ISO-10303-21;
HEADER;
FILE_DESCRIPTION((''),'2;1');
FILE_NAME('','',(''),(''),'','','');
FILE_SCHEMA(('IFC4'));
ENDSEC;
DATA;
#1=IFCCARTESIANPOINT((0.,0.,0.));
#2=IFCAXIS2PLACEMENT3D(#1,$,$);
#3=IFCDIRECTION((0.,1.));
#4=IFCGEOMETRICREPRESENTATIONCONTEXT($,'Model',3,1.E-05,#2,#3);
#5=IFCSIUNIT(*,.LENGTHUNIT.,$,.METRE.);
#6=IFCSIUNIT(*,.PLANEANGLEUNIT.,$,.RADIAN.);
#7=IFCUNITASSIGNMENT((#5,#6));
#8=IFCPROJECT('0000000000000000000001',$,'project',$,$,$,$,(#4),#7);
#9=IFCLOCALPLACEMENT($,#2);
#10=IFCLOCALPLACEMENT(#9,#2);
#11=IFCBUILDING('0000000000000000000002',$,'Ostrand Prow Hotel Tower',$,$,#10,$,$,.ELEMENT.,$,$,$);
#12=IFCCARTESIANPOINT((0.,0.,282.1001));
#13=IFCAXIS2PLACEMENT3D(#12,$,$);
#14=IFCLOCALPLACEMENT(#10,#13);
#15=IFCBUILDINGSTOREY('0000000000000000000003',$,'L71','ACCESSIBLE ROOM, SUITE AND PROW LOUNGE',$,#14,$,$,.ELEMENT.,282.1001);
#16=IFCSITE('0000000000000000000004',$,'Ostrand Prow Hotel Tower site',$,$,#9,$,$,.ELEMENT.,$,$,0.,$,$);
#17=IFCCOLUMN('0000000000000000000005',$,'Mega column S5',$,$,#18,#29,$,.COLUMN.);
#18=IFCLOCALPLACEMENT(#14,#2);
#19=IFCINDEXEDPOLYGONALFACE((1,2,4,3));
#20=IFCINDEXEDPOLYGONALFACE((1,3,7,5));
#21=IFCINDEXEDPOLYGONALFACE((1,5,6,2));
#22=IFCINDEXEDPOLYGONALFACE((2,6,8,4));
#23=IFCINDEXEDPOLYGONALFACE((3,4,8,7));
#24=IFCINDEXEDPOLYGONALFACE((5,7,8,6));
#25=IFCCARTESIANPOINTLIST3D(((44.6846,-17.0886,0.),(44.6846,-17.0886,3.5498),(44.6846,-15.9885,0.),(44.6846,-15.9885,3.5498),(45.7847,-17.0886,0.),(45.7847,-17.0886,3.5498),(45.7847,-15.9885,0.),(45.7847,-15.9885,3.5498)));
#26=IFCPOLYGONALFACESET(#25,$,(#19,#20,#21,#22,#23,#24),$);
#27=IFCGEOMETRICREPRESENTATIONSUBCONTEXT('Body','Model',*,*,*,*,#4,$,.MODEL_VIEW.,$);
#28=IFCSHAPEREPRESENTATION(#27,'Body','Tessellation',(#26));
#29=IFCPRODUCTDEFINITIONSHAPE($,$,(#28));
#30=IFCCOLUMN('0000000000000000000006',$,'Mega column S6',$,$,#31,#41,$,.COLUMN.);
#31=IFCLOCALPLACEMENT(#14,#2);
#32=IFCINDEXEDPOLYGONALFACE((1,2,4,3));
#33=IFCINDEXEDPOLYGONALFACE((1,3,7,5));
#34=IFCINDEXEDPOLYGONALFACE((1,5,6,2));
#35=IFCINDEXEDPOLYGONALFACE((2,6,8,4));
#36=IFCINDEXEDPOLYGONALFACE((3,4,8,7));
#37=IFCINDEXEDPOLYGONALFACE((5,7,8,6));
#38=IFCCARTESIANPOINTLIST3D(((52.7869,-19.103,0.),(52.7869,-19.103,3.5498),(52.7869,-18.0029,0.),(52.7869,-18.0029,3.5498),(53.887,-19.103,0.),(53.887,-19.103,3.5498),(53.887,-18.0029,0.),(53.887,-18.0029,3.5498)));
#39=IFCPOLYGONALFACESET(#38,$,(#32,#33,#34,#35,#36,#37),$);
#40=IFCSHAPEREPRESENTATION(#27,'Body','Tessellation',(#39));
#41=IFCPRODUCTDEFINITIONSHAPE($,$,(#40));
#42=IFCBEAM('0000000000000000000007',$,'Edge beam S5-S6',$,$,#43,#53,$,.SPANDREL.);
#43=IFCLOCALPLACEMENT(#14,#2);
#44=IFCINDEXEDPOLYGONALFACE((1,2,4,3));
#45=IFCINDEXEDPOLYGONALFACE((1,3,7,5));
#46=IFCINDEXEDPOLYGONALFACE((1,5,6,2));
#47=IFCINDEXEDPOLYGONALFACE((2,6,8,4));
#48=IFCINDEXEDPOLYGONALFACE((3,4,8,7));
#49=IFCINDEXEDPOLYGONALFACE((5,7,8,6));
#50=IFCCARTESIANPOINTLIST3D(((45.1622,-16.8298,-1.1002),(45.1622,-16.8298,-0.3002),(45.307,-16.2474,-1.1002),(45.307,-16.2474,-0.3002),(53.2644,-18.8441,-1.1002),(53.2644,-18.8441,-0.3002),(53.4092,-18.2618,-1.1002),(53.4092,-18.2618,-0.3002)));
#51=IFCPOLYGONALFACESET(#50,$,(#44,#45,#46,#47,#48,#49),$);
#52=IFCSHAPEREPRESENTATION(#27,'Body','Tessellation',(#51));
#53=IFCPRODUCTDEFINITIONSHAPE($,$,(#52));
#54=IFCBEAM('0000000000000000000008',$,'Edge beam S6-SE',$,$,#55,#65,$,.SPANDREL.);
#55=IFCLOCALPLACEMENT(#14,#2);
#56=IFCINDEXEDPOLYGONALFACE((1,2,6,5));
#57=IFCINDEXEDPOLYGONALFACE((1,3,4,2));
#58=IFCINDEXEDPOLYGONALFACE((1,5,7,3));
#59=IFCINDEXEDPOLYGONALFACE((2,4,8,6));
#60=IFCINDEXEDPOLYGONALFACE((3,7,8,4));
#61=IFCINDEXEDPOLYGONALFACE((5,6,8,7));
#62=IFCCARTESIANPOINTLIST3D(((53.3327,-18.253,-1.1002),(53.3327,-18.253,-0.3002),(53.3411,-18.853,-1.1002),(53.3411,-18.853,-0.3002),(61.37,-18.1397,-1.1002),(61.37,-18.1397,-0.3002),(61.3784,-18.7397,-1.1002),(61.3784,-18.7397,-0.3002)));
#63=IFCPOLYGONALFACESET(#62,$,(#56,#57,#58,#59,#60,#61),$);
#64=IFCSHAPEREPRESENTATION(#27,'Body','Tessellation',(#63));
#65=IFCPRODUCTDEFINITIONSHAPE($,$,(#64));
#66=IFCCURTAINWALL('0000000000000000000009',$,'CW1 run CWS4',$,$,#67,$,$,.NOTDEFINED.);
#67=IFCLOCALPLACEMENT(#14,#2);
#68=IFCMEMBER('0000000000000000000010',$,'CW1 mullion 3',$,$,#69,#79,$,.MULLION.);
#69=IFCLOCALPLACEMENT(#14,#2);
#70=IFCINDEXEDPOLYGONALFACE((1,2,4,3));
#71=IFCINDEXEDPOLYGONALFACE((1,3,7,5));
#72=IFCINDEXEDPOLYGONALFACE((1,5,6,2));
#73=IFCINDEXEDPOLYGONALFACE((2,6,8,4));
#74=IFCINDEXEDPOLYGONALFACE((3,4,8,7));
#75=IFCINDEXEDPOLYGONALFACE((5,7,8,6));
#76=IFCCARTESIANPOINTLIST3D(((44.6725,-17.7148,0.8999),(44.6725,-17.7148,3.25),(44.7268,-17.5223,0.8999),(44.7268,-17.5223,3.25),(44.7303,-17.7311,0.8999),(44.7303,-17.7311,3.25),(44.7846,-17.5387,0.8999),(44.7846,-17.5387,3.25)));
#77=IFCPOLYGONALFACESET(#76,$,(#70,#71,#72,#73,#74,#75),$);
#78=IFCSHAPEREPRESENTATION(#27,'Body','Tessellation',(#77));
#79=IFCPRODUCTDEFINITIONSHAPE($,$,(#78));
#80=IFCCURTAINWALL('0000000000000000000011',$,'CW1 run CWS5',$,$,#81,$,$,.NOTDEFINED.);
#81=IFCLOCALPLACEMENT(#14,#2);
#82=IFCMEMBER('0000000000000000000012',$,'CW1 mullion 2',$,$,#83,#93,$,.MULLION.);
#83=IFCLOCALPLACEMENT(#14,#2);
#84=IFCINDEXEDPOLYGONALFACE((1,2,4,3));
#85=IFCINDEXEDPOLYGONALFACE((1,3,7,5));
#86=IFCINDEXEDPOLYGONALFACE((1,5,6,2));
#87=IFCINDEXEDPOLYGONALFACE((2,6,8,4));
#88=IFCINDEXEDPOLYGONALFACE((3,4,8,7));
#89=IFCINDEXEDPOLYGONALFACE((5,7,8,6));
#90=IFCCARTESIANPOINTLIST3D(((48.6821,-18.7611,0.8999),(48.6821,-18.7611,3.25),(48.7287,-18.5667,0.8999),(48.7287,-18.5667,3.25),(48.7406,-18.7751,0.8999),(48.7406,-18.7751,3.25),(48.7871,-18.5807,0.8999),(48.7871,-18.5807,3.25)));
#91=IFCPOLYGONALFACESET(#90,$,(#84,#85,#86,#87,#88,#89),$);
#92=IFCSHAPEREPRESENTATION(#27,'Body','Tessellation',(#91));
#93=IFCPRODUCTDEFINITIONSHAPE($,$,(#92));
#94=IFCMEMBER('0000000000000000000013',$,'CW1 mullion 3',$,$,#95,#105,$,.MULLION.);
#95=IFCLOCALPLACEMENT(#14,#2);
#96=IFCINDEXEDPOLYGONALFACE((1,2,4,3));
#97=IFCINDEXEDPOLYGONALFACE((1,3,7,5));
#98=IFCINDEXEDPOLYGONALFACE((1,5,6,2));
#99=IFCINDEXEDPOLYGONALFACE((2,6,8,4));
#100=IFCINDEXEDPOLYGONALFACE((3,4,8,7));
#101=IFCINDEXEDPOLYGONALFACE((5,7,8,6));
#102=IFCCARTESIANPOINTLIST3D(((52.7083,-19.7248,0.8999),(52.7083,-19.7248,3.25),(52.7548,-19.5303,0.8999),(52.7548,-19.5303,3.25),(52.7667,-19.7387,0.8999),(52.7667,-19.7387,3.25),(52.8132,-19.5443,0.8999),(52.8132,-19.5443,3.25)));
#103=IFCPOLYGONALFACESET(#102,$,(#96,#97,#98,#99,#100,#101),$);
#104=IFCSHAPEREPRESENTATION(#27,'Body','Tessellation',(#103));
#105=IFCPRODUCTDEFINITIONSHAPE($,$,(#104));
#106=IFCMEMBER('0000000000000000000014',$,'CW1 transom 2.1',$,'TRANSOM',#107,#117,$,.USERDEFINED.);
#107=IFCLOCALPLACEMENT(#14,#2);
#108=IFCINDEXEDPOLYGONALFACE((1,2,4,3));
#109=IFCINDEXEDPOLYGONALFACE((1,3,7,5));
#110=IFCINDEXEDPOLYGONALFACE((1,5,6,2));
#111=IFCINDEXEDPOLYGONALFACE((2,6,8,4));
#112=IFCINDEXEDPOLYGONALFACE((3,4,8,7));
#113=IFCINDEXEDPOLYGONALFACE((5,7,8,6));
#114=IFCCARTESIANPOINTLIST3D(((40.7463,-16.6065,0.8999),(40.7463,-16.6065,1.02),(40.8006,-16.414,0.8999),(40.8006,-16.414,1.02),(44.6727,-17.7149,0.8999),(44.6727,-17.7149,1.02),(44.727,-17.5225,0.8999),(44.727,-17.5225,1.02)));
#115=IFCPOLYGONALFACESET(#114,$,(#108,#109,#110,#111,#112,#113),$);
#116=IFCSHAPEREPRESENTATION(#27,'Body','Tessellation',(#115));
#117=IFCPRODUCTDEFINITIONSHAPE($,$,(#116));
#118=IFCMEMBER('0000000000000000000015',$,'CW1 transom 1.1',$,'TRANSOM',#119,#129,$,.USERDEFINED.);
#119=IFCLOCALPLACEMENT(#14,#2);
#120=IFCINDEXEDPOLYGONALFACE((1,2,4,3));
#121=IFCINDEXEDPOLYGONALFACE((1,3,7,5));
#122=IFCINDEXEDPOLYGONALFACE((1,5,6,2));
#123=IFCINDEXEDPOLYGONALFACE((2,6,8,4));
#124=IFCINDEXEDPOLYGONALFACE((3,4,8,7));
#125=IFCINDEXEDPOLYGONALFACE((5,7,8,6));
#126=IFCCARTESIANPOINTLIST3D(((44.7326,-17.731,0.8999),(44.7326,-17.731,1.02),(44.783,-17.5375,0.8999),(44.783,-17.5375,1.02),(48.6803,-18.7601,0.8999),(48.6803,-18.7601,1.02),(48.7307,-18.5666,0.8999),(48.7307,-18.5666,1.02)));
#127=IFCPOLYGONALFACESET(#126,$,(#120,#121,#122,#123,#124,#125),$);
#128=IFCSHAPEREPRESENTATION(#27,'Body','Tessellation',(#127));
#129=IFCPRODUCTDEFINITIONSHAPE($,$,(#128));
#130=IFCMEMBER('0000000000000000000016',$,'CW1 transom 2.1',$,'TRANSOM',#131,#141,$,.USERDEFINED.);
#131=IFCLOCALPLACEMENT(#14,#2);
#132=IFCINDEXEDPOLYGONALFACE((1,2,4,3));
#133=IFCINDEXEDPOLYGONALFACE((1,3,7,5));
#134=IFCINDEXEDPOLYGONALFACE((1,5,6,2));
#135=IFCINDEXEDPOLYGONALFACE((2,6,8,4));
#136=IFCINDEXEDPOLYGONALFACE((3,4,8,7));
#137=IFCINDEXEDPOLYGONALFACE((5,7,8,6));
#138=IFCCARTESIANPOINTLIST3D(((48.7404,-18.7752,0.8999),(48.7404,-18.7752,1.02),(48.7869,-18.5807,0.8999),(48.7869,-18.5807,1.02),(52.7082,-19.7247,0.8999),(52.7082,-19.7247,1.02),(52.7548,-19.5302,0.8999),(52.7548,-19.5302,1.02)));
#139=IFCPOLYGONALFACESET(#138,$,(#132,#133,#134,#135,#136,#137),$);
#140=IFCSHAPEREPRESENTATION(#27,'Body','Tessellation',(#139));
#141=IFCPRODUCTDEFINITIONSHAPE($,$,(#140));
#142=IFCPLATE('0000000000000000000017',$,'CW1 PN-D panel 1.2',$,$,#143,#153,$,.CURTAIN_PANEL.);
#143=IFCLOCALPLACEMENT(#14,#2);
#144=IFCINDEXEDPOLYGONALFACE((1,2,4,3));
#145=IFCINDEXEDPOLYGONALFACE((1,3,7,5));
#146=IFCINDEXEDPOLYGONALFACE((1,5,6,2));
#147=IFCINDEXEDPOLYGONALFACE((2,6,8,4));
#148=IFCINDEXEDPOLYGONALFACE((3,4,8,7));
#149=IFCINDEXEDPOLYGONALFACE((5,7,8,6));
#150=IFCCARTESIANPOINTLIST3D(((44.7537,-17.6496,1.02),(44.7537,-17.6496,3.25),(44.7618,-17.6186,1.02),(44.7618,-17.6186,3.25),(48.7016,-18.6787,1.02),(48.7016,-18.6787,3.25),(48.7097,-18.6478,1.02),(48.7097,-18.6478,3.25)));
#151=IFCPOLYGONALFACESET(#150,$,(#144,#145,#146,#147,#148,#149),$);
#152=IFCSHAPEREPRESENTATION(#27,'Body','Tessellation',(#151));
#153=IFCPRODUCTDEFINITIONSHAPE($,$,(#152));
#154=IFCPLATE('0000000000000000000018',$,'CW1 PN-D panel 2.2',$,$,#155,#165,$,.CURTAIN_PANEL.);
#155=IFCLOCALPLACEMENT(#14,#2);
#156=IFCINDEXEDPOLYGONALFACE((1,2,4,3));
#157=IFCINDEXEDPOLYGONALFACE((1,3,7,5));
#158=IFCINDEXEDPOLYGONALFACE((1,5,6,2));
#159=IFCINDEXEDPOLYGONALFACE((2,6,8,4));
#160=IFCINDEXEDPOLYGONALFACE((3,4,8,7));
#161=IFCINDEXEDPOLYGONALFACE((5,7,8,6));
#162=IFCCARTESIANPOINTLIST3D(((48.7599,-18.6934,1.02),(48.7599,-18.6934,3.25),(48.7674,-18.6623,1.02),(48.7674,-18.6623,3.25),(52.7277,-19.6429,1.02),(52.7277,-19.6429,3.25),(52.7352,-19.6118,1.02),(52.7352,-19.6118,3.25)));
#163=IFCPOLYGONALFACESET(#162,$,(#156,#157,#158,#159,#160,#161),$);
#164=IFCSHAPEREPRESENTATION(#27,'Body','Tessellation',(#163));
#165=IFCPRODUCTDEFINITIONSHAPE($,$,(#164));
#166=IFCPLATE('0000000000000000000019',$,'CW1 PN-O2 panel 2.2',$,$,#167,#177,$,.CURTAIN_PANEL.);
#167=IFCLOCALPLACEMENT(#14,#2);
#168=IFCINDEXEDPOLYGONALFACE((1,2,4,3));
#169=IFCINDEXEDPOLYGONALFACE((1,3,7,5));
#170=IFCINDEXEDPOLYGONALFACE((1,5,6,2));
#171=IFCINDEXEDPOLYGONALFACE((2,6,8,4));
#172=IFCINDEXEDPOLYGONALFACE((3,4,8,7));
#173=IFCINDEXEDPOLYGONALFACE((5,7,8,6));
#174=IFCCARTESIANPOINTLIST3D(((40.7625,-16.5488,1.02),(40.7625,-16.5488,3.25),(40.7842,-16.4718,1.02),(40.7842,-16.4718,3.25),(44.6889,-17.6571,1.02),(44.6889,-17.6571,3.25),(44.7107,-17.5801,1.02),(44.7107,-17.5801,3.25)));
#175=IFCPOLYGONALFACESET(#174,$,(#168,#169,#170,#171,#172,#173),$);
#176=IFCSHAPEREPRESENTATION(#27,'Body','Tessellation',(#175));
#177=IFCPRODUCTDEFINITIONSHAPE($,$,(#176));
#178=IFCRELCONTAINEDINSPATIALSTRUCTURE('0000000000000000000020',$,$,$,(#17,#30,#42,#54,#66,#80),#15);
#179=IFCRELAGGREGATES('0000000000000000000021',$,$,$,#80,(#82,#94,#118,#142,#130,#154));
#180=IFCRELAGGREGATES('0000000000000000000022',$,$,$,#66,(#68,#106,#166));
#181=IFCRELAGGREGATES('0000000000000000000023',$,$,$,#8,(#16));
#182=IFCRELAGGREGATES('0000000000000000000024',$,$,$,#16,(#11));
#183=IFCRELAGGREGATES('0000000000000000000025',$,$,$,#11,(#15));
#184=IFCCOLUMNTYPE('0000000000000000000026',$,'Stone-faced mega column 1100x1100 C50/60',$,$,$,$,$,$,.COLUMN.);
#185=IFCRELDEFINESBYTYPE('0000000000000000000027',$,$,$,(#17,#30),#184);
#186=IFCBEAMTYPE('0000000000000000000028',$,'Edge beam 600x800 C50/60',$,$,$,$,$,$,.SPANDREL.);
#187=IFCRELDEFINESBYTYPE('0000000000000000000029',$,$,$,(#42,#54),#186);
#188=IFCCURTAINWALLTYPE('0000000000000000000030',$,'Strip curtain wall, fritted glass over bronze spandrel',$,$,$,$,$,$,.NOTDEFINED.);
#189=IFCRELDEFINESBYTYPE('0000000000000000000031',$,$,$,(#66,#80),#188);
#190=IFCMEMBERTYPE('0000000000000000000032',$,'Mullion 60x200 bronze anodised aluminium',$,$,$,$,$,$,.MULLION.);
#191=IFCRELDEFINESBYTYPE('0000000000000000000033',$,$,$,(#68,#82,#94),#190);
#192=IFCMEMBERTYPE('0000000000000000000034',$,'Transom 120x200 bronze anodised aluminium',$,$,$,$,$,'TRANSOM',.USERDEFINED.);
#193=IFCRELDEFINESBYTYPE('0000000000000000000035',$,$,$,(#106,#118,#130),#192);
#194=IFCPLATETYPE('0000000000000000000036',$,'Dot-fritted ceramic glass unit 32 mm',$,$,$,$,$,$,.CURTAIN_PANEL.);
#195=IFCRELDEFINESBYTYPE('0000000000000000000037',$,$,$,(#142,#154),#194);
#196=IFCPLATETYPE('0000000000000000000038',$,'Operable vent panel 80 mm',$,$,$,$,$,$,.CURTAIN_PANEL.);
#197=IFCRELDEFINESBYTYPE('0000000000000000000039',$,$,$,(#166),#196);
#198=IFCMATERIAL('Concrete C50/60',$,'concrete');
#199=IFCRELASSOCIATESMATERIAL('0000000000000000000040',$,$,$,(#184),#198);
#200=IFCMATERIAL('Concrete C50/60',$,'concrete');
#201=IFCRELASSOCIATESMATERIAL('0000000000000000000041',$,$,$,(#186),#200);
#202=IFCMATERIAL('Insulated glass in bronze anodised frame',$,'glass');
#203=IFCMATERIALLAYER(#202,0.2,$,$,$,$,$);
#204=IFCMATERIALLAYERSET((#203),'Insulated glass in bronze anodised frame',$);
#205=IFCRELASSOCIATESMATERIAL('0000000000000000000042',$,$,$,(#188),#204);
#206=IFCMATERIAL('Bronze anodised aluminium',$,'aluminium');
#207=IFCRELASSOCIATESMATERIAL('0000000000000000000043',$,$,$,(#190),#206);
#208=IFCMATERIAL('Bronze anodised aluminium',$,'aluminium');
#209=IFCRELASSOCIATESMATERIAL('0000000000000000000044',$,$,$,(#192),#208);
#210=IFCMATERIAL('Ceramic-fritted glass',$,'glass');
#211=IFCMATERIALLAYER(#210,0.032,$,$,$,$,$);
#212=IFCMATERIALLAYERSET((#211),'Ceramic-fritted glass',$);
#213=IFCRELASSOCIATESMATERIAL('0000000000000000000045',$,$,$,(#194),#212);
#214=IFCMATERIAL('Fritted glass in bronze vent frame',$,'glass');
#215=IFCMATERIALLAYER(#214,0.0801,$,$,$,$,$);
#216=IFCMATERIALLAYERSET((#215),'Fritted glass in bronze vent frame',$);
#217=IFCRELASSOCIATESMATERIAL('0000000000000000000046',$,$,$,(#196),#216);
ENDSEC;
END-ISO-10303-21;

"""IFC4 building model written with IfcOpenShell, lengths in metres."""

from ifc_helpers import new_model, si_unit, direction, frame, origin, origin_2d, place, context, subcontext, project, spatial, rectangle, extrude, material, layer, layer_set, material_profile, profile_set, type_object, element, aggregate, save


model = new_model("IFC4")

# Units and contexts
model_context = context("Model", 3, precision=1e-05, world=origin(), true_north=direction((0.0, 1.0)))
body_context = subcontext(model_context, "Body", "Model", "MODEL_VIEW")
ifc_project = project(units=[si_unit("LENGTHUNIT", "METRE"), si_unit("PLANEANGLEUNIT", "RADIAN")], contexts=[model_context])

# Site, building, storey
site_placement = place(None, origin())
site = spatial("IfcSite", under=ifc_project, at=site_placement, Name="Ostrand Prow Hotel Tower site", CompositionType="ELEMENT", RefElevation=0.0)
building_placement = place(site_placement, origin())
building = spatial("IfcBuilding", under=site, at=building_placement, Name="Ostrand Prow Hotel Tower", CompositionType="ELEMENT")
storey_placement = place(building_placement, frame((0.0, 0.0, 282.1001)))
storey = spatial("IfcBuildingStorey", under=building, at=storey_placement, Name="L71", Description="ACCESSIBLE ROOM, SUITE AND PROW LOUNGE", CompositionType="ELEMENT", Elevation=282.1001)

# Columns
ifc_material_1 = material(Name="Concrete C50/60", Category="concrete")
ifc_material_profile_1 = material_profile(ifc_material_1, rectangle(XDim=1.1001, YDim=1.1001, at=origin_2d()), Name="RC 1100x1100")
ifc_profile_set_1 = profile_set([ifc_material_profile_1], Name="Concrete C50/60")
column_type = type_object("IfcColumnType", Name="Stone-faced mega column 1100x1100 C50/60", PredefinedType="COLUMN", material=ifc_profile_set_1)
for number, where, z_axis, x_axis, name in (
    (1, (45.2346, -16.5386, 0.0), (0.0, 0.0, 1.0), (1.0, 0.0, 0.0), "Mega column S5"),
    (2, (53.3369, -18.553, 0.0), (0.0, 0.0, 1.0), (1.0, 0.0, 0.0), "Mega column S6"),
):
    element("IfcColumn", number, at=place(storey_placement, frame(where, z_axis=z_axis, x_axis=x_axis)), inside=storey, type_object=column_type, Name=name, PredefinedType="COLUMN", context=body_context, shape_type="SweptSolid", body=[
        extrude(rectangle(XDim=1.1001, YDim=1.1001, at=origin_2d()), origin(), (0.0, 0.0, 1.0), 3.5498),
    ])

# Beams
ifc_material_2 = material(Name="Concrete C50/60", Category="concrete")
ifc_material_profile_2 = material_profile(ifc_material_2, rectangle(XDim=0.6001, YDim=0.8, at=origin_2d()), Name="RC 600x800")
ifc_profile_set_2 = profile_set([ifc_material_profile_2], Name="Concrete C50/60")
beam_type = type_object("IfcBeamType", Name="Edge beam 600x800 C50/60", PredefinedType="SPANDREL", material=ifc_profile_set_2)
beam_1_placement = place(storey_placement, frame((45.2346, -16.5386, -0.7002), z_axis=(0.970456, -0.241276, 0.0), x_axis=(0.241276, 0.970456, 0.0)))
element("IfcBeam", 3, at=beam_1_placement, inside=storey, type_object=beam_type, Name="Edge beam S5-S6", PredefinedType="SPANDREL", context=body_context, shape_type="SweptSolid", body=[
    extrude(rectangle(XDim=0.6001, YDim=0.8, at=origin_2d()), origin(), (0.0, 0.0, 1.0), 8.3489),
])
beam_2_placement = place(storey_placement, frame((53.3369, -18.553, -0.7002), z_axis=(0.999901, 0.014093, 0.0), x_axis=(-0.014093, 0.999901, 0.0)))
element("IfcBeam", 4, at=beam_2_placement, inside=storey, type_object=beam_type, Name="Edge beam S6-SE", PredefinedType="SPANDREL", context=body_context, shape_type="SweptSolid", body=[
    extrude(rectangle(XDim=0.6001, YDim=0.8, at=origin_2d()), origin(), (0.0, 0.0, 1.0), 8.0381),
])

# Curtain wall, member
ifc_material_3 = material(Name="Insulated glass in bronze anodised frame", Category="glass")
ifc_layer_1 = layer(ifc_material_3, 0.2)
ifc_layer_set_1 = layer_set([ifc_layer_1], Name="Insulated glass in bronze anodised frame")
curtain_wall_type = type_object("IfcCurtainWallType", Name="Strip curtain wall, fritted glass over bronze spandrel", PredefinedType="NOTDEFINED", material=ifc_layer_set_1)
curtain_wall_1_placement = place(storey_placement, origin())
curtain_wall_1 = element("IfcCurtainWall", 5, at=curtain_wall_1_placement, inside=storey, type_object=curtain_wall_type, Name="CW1 run CWS4", PredefinedType="NOTDEFINED")
ifc_material_4 = material(Name="Bronze anodised aluminium", Category="aluminium")
ifc_material_profile_3 = material_profile(ifc_material_4, rectangle(XDim=0.2, YDim=0.0601, at=origin_2d()), Name="Mullion 60x200 bronze anodised aluminium")
ifc_profile_set_3 = profile_set([ifc_material_profile_3], Name="Bronze anodised aluminium")
member_type_1 = type_object("IfcMemberType", Name="Mullion 60x200 bronze anodised aluminium", PredefinedType="MULLION", material=ifc_profile_set_3)
member_1_placement = place(storey_placement, frame((44.7285, -17.6267, 0.8999), z_axis=(0.0, 0.0, 1.0), x_axis=(0.271649, 0.962396, 0.0)))
member_1 = element("IfcMember", 6, at=member_1_placement, type_object=member_type_1, Name="CW1 mullion 3", PredefinedType="MULLION", context=body_context, shape_type="SweptSolid", body=[
    extrude(rectangle(XDim=0.2, YDim=0.0601, at=origin_2d()), origin(), (0.0, 0.0, 1.0), 2.3501),
])

# Curtain wall, members
curtain_wall_2_placement = place(storey_placement, origin())
curtain_wall_2 = element("IfcCurtainWall", 7, at=curtain_wall_2_placement, inside=storey, type_object=curtain_wall_type, Name="CW1 run CWS5", PredefinedType="NOTDEFINED")
member_2_placement = place(storey_placement, frame((48.7346, -18.6709, 0.8999), z_axis=(0.0, 0.0, 1.0), x_axis=(0.232746, 0.972538, 0.0)))
member_2 = element("IfcMember", 8, at=member_2_placement, type_object=member_type_1, Name="CW1 mullion 2", PredefinedType="MULLION", context=body_context, shape_type="SweptSolid", body=[
    extrude(rectangle(XDim=0.2, YDim=0.0601, at=origin_2d()), origin(), (0.0, 0.0, 1.0), 2.3501),
])
member_3_placement = place(storey_placement, frame((52.7607, -19.6345, 0.8999), z_axis=(0.0, 0.0, 1.0), x_axis=(0.232746, 0.972538, 0.0)))
member_3 = element("IfcMember", 9, at=member_3_placement, type_object=member_type_1, Name="CW1 mullion 3", PredefinedType="MULLION", context=body_context, shape_type="SweptSolid", body=[
    extrude(rectangle(XDim=0.2, YDim=0.0601, at=origin_2d()), origin(), (0.0, 0.0, 1.0), 2.3501),
])

# Members
ifc_material_5 = material(Name="Bronze anodised aluminium", Category="aluminium")
ifc_material_profile_4 = material_profile(ifc_material_5, rectangle(XDim=0.2, YDim=0.1201, at=origin_2d()), Name="Transom 120x200 bronze anodised aluminium")
ifc_profile_set_4 = profile_set([ifc_material_profile_4], Name="Bronze anodised aluminium")
member_type_2 = type_object("IfcMemberType", Name="Transom 120x200 bronze anodised aluminium", ElementType="TRANSOM", PredefinedType="USERDEFINED", material=ifc_profile_set_4)
member_4_placement = place(storey_placement, frame((40.7734, -16.5103, 0.96), z_axis=(0.962386, -0.271685, 0.0), x_axis=(0.271685, 0.962386, 0.0)))
member_4 = element("IfcMember", 10, at=member_4_placement, type_object=member_type_2, Name="CW1 transom 2.1", ObjectType="TRANSOM", PredefinedType="USERDEFINED", context=body_context, shape_type="SweptSolid", body=[
    extrude(rectangle(XDim=0.2, YDim=0.1201, at=origin_2d()), origin(), (0.0, 0.0, 1.0), 4.0798),
])
member_5_placement = place(storey_placement, frame((44.7578, -17.6343, 0.96), z_axis=(0.967665, -0.252239, 0.0), x_axis=(0.252239, 0.967665, 0.0)))
member_5 = element("IfcMember", 11, at=member_5_placement, type_object=member_type_2, Name="CW1 transom 1.1", ObjectType="TRANSOM", PredefinedType="USERDEFINED", context=body_context, shape_type="SweptSolid", body=[
    extrude(rectangle(XDim=0.2, YDim=0.1201, at=origin_2d()), origin(), (0.0, 0.0, 1.0), 4.0796),
])
member_6_placement = place(storey_placement, frame((48.7637, -18.678, 0.96), z_axis=(0.972543, -0.232723, 0.0), x_axis=(0.232723, 0.972543, 0.0)))
member_6 = element("IfcMember", 12, at=member_6_placement, type_object=member_type_2, Name="CW1 transom 2.1", ObjectType="TRANSOM", PredefinedType="USERDEFINED", context=body_context, shape_type="SweptSolid", body=[
    extrude(rectangle(XDim=0.2, YDim=0.1201, at=origin_2d()), origin(), (0.0, 0.0, 1.0), 4.0798),
])

# Plates
ifc_material_6 = material(Name="Ceramic-fritted glass", Category="glass")
ifc_layer_2 = layer(ifc_material_6, 0.032)
ifc_layer_set_2 = layer_set([ifc_layer_2], Name="Ceramic-fritted glass")
plate_type_1 = type_object("IfcPlateType", Name="Dot-fritted ceramic glass unit 32 mm", PredefinedType="CURTAIN_PANEL", material=ifc_layer_set_2)
plate_1_placement = place(storey_placement, frame((46.7317, -18.1487, 1.02), z_axis=(0.0, 0.0, 1.0), x_axis=(0.967663, -0.252248, 0.0)))
plate_1 = element("IfcPlate", 13, at=plate_1_placement, type_object=plate_type_1, Name="CW1 PN-D panel 1.2", PredefinedType="CURTAIN_PANEL", context=body_context, shape_type="SweptSolid", body=[
    extrude(rectangle(XDim=4.0798, YDim=0.032, at=origin_2d()), origin(), (0.0, 0.0, 1.0), 2.23),
])
plate_2_placement = place(storey_placement, frame((50.7476, -19.1526, 1.02), z_axis=(0.0, 0.0, 1.0), x_axis=(0.972538, -0.232746, 0.0)))
plate_2 = element("IfcPlate", 14, at=plate_2_placement, type_object=plate_type_1, Name="CW1 PN-D panel 2.2", PredefinedType="CURTAIN_PANEL", context=body_context, shape_type="SweptSolid", body=[
    extrude(rectangle(XDim=4.0798, YDim=0.032, at=origin_2d()), origin(), (0.0, 0.0, 1.0), 2.23),
])
aggregate(curtain_wall_2, [member_2, member_3, member_5, plate_1, member_6, plate_2])
ifc_material_7 = material(Name="Fritted glass in bronze vent frame", Category="glass")
ifc_layer_3 = layer(ifc_material_7, 0.0801)
ifc_layer_set_3 = layer_set([ifc_layer_3], Name="Fritted glass in bronze vent frame")
plate_type_2 = type_object("IfcPlateType", Name="Operable vent panel 80 mm", PredefinedType="CURTAIN_PANEL", material=ifc_layer_set_3)
plate_3_placement = place(storey_placement, frame((42.7366, -17.0645, 1.02), z_axis=(0.0, 0.0, 1.0), x_axis=(0.962396, -0.271649, 0.0)))
plate_3 = element("IfcPlate", 15, at=plate_3_placement, type_object=plate_type_2, Name="CW1 PN-O2 panel 2.2", PredefinedType="CURTAIN_PANEL", context=body_context, shape_type="SweptSolid", body=[
    extrude(rectangle(XDim=4.0798, YDim=0.0801, at=origin_2d()), origin(), (0.0, 0.0, 1.0), 2.23),
])
aggregate(curtain_wall_1, [member_1, member_4, plate_3])

save(model, "model.ifc")
